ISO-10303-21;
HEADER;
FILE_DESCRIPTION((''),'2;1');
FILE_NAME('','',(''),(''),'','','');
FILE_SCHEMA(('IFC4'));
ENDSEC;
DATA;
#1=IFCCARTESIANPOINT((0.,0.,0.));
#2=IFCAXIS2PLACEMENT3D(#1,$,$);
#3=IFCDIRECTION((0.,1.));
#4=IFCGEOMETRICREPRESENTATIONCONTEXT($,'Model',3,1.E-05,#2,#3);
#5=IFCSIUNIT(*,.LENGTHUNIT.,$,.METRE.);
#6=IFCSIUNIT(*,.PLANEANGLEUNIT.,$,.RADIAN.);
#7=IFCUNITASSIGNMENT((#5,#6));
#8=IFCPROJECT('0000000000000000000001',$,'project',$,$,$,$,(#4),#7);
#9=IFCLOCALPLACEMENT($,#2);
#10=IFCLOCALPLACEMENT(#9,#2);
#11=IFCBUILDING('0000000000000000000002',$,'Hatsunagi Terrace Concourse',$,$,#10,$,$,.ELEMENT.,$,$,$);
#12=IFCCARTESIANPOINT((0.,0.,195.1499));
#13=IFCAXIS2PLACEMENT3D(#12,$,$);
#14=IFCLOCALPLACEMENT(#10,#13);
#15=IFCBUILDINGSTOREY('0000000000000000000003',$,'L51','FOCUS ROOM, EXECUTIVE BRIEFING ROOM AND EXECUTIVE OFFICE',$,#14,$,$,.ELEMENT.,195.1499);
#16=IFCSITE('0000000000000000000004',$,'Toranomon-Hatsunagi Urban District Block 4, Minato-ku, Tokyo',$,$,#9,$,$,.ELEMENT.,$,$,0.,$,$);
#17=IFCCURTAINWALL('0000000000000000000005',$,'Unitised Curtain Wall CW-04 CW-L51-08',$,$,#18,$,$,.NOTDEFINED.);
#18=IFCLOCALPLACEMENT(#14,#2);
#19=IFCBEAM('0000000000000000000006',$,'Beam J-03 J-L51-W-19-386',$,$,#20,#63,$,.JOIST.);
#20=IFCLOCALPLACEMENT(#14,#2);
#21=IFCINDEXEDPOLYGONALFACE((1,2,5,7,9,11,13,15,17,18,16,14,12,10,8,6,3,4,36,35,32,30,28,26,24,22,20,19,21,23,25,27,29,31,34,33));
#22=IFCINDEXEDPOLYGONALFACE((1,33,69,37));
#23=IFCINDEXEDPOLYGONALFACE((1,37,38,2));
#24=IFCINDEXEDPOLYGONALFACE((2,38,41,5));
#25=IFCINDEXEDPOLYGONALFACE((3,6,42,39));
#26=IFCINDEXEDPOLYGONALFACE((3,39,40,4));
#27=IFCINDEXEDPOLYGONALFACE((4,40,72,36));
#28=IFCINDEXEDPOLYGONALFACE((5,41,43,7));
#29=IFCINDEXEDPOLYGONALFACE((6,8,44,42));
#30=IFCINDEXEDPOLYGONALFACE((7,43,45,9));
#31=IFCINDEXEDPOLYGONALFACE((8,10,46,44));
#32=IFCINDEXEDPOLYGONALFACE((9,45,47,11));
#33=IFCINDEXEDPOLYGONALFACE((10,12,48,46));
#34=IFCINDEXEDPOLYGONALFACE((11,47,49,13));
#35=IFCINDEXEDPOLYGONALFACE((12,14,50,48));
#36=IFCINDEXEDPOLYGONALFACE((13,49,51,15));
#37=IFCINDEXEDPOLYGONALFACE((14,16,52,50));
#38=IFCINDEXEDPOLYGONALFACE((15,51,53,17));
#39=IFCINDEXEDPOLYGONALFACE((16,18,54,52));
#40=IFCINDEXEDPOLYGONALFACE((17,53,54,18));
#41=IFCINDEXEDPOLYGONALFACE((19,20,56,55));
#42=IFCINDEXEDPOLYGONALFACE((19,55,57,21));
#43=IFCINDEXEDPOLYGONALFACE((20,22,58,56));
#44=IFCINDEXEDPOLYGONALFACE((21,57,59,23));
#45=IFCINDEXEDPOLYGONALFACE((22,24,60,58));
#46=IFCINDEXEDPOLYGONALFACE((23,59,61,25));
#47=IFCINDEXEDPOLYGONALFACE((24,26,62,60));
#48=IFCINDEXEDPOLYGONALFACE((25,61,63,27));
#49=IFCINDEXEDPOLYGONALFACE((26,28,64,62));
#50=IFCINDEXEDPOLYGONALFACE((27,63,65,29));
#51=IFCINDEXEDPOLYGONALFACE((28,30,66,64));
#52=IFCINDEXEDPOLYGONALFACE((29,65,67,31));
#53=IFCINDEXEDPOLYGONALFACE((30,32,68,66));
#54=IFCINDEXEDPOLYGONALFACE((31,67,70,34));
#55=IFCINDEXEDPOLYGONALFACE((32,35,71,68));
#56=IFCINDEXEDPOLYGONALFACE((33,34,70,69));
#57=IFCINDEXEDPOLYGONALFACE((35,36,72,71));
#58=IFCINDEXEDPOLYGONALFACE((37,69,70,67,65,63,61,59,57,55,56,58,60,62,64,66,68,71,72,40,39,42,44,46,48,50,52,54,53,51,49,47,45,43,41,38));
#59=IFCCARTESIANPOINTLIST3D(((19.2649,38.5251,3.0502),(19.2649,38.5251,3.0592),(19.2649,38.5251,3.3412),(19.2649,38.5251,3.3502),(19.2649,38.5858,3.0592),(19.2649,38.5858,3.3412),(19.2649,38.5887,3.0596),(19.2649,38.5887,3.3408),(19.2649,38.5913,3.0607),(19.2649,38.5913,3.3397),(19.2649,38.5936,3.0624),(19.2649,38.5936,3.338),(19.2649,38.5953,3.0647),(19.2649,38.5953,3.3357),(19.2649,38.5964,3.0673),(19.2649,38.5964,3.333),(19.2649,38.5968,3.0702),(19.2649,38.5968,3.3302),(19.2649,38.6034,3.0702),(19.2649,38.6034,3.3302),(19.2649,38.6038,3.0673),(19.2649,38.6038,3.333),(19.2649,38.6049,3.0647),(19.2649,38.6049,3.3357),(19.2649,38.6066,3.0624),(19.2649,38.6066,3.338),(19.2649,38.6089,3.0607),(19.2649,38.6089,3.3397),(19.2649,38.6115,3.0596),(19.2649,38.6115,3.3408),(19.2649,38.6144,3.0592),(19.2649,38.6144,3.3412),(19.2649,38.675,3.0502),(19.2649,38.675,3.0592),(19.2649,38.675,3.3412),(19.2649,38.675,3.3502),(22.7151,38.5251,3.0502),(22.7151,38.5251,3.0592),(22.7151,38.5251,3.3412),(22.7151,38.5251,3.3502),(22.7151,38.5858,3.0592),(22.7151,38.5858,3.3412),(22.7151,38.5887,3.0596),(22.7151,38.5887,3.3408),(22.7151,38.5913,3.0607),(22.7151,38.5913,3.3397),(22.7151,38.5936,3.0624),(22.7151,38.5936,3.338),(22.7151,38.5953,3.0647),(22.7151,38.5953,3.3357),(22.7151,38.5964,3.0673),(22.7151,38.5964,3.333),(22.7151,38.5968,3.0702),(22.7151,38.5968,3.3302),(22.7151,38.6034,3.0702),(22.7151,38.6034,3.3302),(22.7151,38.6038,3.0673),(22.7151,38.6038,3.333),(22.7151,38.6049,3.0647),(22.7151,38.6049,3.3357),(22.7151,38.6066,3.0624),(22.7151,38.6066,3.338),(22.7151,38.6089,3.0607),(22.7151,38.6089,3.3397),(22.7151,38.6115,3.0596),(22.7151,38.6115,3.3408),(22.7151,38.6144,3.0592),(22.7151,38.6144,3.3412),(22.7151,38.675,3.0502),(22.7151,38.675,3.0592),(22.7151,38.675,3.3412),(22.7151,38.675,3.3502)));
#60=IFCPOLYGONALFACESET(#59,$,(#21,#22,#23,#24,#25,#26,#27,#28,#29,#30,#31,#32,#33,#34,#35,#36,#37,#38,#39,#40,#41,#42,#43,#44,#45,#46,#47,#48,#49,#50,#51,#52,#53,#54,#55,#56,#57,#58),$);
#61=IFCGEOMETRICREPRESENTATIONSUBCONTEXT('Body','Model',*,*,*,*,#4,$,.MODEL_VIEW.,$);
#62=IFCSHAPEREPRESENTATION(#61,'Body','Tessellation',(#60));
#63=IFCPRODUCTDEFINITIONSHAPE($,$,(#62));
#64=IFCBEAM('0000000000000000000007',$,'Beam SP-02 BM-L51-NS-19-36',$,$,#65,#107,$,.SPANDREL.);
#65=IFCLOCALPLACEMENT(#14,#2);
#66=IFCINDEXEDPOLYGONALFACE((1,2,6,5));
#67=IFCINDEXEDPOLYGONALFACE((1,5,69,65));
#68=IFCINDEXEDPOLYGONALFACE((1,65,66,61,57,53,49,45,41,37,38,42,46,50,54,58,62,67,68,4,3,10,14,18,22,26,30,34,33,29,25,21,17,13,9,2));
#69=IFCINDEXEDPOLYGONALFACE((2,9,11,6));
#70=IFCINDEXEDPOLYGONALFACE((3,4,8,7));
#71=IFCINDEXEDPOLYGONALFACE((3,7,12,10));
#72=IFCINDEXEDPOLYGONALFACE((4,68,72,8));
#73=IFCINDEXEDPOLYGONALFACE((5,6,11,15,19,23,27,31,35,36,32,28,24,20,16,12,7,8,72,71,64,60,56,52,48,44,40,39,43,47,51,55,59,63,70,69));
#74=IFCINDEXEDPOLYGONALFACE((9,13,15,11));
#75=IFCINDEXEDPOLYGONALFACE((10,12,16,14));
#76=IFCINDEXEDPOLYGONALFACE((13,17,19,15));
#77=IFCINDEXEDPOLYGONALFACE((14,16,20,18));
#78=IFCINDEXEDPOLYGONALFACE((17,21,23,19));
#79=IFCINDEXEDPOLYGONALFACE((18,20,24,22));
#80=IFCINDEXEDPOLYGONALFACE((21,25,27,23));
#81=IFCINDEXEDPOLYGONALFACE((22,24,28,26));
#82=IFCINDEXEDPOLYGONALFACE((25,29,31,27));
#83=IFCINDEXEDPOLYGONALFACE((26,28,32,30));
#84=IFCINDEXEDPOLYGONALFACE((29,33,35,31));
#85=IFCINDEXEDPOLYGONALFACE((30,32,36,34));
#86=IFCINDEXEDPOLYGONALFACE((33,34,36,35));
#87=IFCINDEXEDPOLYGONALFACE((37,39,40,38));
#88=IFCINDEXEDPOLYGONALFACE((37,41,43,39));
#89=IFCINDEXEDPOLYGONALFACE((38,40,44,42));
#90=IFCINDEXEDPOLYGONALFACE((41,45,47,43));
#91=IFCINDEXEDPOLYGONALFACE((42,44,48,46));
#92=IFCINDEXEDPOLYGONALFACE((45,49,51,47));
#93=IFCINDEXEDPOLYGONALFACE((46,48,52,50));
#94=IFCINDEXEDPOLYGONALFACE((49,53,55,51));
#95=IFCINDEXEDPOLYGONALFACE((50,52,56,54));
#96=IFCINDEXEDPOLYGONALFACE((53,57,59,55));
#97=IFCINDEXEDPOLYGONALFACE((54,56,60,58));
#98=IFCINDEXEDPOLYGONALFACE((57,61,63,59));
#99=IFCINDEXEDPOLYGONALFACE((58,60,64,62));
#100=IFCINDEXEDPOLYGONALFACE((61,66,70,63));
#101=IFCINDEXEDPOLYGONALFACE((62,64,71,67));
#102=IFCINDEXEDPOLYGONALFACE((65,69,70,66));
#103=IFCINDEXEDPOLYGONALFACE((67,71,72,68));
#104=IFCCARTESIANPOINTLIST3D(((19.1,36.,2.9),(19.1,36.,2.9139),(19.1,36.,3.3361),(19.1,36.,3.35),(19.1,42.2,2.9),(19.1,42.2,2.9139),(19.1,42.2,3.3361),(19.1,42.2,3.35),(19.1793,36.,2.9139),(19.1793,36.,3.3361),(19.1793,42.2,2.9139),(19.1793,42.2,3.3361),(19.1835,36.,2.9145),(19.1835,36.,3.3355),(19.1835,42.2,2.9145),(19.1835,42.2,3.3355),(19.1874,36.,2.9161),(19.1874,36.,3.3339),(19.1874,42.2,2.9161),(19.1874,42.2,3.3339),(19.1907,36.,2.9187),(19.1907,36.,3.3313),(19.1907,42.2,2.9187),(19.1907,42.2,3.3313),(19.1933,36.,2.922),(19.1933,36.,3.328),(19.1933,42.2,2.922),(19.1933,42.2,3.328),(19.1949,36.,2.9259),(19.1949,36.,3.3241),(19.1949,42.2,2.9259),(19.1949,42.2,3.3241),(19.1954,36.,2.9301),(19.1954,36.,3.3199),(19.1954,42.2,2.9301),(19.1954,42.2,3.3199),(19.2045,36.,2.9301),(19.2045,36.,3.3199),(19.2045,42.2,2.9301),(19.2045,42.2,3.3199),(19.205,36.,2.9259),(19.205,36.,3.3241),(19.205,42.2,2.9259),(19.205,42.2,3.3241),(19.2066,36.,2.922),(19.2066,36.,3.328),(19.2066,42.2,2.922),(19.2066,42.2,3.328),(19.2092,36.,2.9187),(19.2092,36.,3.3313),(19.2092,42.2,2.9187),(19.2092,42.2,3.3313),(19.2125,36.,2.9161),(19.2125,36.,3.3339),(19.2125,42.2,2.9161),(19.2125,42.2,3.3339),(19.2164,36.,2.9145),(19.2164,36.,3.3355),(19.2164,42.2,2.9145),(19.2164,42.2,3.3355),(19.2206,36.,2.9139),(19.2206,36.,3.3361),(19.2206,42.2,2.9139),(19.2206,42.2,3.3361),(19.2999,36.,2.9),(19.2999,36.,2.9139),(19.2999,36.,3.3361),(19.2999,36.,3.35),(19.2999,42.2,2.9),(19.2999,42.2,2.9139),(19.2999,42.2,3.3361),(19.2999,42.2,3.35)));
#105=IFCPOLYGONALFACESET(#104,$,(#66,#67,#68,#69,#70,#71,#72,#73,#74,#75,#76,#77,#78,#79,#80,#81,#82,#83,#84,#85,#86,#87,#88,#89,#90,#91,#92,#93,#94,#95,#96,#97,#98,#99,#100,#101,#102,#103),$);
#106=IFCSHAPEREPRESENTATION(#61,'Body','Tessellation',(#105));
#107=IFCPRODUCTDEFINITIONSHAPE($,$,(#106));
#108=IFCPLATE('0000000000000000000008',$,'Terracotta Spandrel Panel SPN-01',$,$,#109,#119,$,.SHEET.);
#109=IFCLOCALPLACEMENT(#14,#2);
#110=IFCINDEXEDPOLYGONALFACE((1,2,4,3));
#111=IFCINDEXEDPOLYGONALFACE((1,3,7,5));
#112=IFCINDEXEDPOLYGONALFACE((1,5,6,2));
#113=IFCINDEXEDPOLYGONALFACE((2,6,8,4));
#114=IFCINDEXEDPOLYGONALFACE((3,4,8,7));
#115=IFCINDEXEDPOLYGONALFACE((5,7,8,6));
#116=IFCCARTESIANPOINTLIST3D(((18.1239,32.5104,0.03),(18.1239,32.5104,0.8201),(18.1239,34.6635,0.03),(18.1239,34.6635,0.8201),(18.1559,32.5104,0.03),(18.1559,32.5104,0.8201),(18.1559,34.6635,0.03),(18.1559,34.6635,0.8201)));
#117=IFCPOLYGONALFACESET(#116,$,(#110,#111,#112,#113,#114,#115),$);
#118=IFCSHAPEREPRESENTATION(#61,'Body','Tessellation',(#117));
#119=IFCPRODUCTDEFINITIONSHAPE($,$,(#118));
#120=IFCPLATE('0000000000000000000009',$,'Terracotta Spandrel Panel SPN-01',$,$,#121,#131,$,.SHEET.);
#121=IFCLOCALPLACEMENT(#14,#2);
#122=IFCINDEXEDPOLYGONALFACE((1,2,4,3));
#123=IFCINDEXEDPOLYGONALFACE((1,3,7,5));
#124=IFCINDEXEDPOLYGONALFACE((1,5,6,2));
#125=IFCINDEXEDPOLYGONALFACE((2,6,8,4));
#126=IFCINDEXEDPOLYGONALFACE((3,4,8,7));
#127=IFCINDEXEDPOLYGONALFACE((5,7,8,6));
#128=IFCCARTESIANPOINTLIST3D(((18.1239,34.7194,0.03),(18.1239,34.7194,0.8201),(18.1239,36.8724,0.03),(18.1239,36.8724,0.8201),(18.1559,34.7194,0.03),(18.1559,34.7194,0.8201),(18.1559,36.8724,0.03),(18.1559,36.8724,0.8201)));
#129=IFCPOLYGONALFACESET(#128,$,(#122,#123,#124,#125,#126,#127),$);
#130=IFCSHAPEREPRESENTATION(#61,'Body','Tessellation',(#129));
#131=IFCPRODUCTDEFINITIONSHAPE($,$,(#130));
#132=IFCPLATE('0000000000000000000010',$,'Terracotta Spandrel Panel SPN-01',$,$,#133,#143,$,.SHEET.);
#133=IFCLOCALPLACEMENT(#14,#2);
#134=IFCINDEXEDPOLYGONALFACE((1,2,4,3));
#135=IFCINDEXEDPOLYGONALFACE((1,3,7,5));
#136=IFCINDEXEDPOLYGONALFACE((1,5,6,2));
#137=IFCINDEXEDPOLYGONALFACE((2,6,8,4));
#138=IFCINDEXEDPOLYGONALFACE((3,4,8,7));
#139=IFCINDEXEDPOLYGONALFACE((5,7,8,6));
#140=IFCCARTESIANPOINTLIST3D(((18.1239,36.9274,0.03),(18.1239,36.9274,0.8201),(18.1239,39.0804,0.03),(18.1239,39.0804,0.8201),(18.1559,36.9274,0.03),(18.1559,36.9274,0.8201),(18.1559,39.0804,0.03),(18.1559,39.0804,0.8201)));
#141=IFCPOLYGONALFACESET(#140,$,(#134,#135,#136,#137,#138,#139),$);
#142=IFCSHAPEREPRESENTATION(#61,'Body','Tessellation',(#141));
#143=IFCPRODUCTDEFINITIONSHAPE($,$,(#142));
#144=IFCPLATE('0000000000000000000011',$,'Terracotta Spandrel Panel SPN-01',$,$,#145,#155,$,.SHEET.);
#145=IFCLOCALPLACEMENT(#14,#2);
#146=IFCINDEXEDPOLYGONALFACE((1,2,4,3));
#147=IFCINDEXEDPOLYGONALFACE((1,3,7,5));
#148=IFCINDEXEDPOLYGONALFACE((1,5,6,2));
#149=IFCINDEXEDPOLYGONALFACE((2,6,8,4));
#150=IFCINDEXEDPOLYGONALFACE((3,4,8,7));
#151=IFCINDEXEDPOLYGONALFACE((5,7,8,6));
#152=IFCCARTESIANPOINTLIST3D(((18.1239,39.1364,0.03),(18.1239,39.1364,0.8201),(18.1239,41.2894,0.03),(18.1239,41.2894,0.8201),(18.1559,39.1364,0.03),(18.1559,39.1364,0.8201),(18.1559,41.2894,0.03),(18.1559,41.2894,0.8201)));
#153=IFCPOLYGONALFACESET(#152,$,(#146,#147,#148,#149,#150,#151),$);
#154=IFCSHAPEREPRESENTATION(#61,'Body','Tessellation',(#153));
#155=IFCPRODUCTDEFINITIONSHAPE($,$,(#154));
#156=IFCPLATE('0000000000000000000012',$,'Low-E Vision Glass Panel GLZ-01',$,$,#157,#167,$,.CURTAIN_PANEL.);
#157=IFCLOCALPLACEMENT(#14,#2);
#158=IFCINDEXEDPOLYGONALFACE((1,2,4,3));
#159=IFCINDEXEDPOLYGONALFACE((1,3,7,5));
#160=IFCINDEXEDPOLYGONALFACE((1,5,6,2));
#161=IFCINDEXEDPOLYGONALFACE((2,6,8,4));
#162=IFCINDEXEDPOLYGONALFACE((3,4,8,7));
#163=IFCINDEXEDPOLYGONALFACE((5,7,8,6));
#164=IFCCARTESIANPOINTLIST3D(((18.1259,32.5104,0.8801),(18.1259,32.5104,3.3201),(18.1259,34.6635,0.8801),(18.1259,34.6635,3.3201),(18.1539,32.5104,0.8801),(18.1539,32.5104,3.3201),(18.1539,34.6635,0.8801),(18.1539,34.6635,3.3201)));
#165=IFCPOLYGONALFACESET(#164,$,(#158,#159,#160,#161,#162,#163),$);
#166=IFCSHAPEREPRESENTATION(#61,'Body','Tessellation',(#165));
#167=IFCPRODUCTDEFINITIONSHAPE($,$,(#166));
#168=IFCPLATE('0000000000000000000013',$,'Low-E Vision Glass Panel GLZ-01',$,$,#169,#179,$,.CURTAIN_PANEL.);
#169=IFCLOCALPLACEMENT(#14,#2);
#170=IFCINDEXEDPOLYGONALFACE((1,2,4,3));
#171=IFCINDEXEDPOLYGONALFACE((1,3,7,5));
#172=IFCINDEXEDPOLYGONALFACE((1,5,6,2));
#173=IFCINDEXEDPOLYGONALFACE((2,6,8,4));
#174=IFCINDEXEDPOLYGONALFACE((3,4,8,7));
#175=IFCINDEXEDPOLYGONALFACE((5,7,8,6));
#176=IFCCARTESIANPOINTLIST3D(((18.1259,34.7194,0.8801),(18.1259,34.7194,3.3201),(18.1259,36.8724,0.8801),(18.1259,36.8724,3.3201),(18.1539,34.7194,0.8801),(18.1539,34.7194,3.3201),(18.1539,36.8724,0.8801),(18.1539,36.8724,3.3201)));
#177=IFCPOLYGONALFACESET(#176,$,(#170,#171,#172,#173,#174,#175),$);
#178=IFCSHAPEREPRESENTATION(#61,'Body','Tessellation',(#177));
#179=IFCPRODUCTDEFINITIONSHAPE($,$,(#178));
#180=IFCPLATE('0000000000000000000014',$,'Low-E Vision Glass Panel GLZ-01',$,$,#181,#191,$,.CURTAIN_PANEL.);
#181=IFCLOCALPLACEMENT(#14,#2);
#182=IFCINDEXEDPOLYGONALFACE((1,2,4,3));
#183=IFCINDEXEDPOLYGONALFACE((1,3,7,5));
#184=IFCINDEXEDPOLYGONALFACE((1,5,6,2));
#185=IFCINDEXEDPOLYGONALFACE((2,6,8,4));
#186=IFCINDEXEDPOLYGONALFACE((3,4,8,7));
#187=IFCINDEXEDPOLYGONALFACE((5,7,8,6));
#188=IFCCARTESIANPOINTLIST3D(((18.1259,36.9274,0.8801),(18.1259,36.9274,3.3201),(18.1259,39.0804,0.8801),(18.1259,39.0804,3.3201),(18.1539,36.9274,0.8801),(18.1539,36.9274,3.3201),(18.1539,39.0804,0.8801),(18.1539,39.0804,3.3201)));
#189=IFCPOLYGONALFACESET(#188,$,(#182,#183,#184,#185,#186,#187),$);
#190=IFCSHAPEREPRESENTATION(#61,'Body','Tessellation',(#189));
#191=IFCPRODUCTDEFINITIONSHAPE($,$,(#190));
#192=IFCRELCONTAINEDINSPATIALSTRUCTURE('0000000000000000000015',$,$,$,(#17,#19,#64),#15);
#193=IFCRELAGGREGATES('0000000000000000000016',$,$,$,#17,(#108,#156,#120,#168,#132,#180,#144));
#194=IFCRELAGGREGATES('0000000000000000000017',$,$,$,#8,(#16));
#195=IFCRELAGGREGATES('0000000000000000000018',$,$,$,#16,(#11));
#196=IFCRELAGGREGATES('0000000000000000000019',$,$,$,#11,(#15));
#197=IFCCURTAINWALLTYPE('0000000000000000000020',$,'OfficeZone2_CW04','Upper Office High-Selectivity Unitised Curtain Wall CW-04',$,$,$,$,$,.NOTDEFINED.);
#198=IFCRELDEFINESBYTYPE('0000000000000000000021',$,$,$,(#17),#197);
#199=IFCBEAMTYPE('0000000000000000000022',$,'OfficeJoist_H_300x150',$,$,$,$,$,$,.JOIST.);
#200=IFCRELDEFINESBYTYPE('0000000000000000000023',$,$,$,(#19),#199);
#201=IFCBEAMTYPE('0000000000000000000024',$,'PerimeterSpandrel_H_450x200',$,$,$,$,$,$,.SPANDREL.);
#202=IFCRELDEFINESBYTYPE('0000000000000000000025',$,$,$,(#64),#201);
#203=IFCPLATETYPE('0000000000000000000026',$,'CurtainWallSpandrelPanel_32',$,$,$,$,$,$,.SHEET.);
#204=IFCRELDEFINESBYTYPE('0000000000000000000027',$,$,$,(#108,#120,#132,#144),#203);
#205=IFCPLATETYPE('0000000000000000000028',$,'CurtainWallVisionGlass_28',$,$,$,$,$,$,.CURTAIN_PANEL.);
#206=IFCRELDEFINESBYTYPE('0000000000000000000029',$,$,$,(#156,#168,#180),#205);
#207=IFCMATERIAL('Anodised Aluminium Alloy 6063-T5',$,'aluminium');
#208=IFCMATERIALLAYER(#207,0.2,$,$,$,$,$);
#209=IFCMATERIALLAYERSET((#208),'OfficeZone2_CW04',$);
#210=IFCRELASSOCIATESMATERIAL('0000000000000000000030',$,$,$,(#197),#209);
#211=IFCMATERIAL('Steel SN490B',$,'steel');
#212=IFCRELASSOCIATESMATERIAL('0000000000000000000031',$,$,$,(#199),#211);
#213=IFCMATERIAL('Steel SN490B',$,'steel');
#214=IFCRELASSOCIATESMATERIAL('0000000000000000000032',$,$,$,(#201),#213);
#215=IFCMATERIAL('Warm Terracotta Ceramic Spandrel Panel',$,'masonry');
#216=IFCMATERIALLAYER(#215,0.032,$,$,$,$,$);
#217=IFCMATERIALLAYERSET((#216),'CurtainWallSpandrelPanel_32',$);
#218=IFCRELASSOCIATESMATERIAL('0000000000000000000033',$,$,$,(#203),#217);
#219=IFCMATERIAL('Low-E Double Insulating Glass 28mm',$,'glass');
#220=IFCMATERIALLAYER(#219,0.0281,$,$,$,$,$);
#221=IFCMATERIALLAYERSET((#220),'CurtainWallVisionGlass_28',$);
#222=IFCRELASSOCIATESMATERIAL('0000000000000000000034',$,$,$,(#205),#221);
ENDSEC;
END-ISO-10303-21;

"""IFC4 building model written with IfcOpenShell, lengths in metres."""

from ifc_helpers import new_model, si_unit, direction, frame, origin, origin_2d, place, context, subcontext, project, spatial, rectangle, i_section, extrude, material, layer, layer_set, material_profile, profile_set, type_object, element, aggregate, save


model = new_model("IFC4")

# Units and contexts
model_context = context("Model", 3, precision=1e-05, world=origin(), true_north=direction((0.0, 1.0)))
body_context = subcontext(model_context, "Body", "Model", "MODEL_VIEW")
ifc_project = project(units=[si_unit("LENGTHUNIT", "METRE"), si_unit("PLANEANGLEUNIT", "RADIAN")], contexts=[model_context])

# Site, building, storey
site_placement = place(None, origin())
site = spatial("IfcSite", under=ifc_project, at=site_placement, Name="Toranomon-Hatsunagi Urban District Block 4, Minato-ku, Tokyo", CompositionType="ELEMENT", RefElevation=0.0)
building_placement = place(site_placement, origin())
building = spatial("IfcBuilding", under=site, at=building_placement, Name="Hatsunagi Terrace Concourse", CompositionType="ELEMENT")
storey_placement = place(building_placement, frame((0.0, 0.0, 195.1499)))
storey = spatial("IfcBuildingStorey", under=building, at=storey_placement, Name="L51", Description="FOCUS ROOM, EXECUTIVE BRIEFING ROOM AND EXECUTIVE OFFICE", CompositionType="ELEMENT", Elevation=195.1499)

# Curtain wall
ifc_material_1 = material(Name="Anodised Aluminium Alloy 6063-T5", Category="aluminium")
ifc_layer_1 = layer(ifc_material_1, 0.2)
ifc_layer_set_1 = layer_set([ifc_layer_1], Name="OfficeZone2_CW04")
curtain_wall_type = type_object("IfcCurtainWallType", Name="OfficeZone2_CW04", Description="Upper Office High-Selectivity Unitised Curtain Wall CW-04", PredefinedType="NOTDEFINED", material=ifc_layer_set_1)
curtain_wall_placement = place(storey_placement, origin())
curtain_wall = element("IfcCurtainWall", 1, at=curtain_wall_placement, inside=storey, type_object=curtain_wall_type, Name="Unitised Curtain Wall CW-04 CW-L51-08", PredefinedType="NOTDEFINED")

# Beams
ifc_material_2 = material(Name="Steel SN490B", Category="steel")
ifc_material_profile_1 = material_profile(ifc_material_2, i_section(OverallWidth=0.1499, OverallDepth=0.3, WebThickness=0.0066, FlangeThickness=0.009, FilletRadius=0.011, at=origin_2d()), Name="H-300x150x6.5x9")
ifc_profile_set_1 = profile_set([ifc_material_profile_1], Name="Steel SN490B")
beam_type_1 = type_object("IfcBeamType", Name="OfficeJoist_H_300x150", PredefinedType="JOIST", material=ifc_profile_set_1)
for number, where, z_axis, x_axis, name in (
    (2, (19.2649, 38.6001, 3.2002), (1.0, 0.0, 0.0), (0.0, 1.0, 0.0), "Beam J-03 J-L51-W-19-386"),
):
    element("IfcBeam", number, at=place(storey_placement, frame(where, z_axis=z_axis, x_axis=x_axis)), inside=storey, type_object=beam_type_1, Name=name, PredefinedType="JOIST", context=body_context, shape_type="SweptSolid", body=[
        extrude(i_section(OverallWidth=0.1499, OverallDepth=0.3, WebThickness=0.0066, FlangeThickness=0.009, FilletRadius=0.011, at=origin_2d()), origin(), (0.0, 0.0, 1.0), 3.4502),
    ])
ifc_material_3 = material(Name="Steel SN490B", Category="steel")
ifc_material_profile_2 = material_profile(ifc_material_3, i_section(OverallWidth=0.2, OverallDepth=0.45, WebThickness=0.009, FlangeThickness=0.0139, FilletRadius=0.0161, at=origin_2d()), Name="H-450x200x9x14")
ifc_profile_set_2 = profile_set([ifc_material_profile_2], Name="Steel SN490B")
beam_type_2 = type_object("IfcBeamType", Name="PerimeterSpandrel_H_450x200", PredefinedType="SPANDREL", material=ifc_profile_set_2)
beam_1_placement = place(storey_placement, frame((19.2, 36.0, 3.125), z_axis=(0.0, 1.0, 0.0), x_axis=(-1.0, 0.0, 0.0)))
element("IfcBeam", 3, at=beam_1_placement, inside=storey, type_object=beam_type_2, Name="Beam SP-02 BM-L51-NS-19-36", PredefinedType="SPANDREL", context=body_context, shape_type="SweptSolid", body=[
    extrude(i_section(OverallWidth=0.2, OverallDepth=0.45, WebThickness=0.009, FlangeThickness=0.0139, FilletRadius=0.0161, at=origin_2d()), origin(), (0.0, 0.0, 1.0), 6.2),
])

# Plates
ifc_material_4 = material(Name="Warm Terracotta Ceramic Spandrel Panel", Category="masonry")
ifc_layer_2 = layer(ifc_material_4, 0.032)
ifc_layer_set_2 = layer_set([ifc_layer_2], Name="CurtainWallSpandrelPanel_32")
plate_type_1 = type_object("IfcPlateType", Name="CurtainWallSpandrelPanel_32", PredefinedType="SHEET", material=ifc_layer_set_2)
plate_1_placement = place(storey_placement, frame((18.1399, 33.5869, 0.03), z_axis=(0.0, 0.0, 1.0), x_axis=(0.0, 1.0, 0.0)))
plate_1 = element("IfcPlate", 4, at=plate_1_placement, type_object=plate_type_1, Name="Terracotta Spandrel Panel SPN-01", PredefinedType="SHEET", context=body_context, shape_type="SweptSolid", body=[
    extrude(rectangle(XDim=2.1531, YDim=0.032, at=origin_2d()), origin(), (0.0, 0.0, 1.0), 0.79),
])
plate_2_placement = place(storey_placement, frame((18.1399, 35.7959, 0.03), z_axis=(0.0, 0.0, 1.0), x_axis=(0.0, 1.0, 0.0)))
plate_2 = element("IfcPlate", 5, at=plate_2_placement, type_object=plate_type_1, Name="Terracotta Spandrel Panel SPN-01", PredefinedType="SHEET", context=body_context, shape_type="SweptSolid", body=[
    extrude(rectangle(XDim=2.1531, YDim=0.032, at=origin_2d()), origin(), (0.0, 0.0, 1.0), 0.79),
])
plate_3_placement = place(storey_placement, frame((18.1399, 38.0039, 0.03), z_axis=(0.0, 0.0, 1.0), x_axis=(0.0, 1.0, 0.0)))
plate_3 = element("IfcPlate", 6, at=plate_3_placement, type_object=plate_type_1, Name="Terracotta Spandrel Panel SPN-01", PredefinedType="SHEET", context=body_context, shape_type="SweptSolid", body=[
    extrude(rectangle(XDim=2.1531, YDim=0.032, at=origin_2d()), origin(), (0.0, 0.0, 1.0), 0.79),
])
plate_4_placement = place(storey_placement, frame((18.1399, 40.2129, 0.03), z_axis=(0.0, 0.0, 1.0), x_axis=(0.0, 1.0, 0.0)))
plate_4 = element("IfcPlate", 7, at=plate_4_placement, type_object=plate_type_1, Name="Terracotta Spandrel Panel SPN-01", PredefinedType="SHEET", context=body_context, shape_type="SweptSolid", body=[
    extrude(rectangle(XDim=2.1531, YDim=0.032, at=origin_2d()), origin(), (0.0, 0.0, 1.0), 0.79),
])
ifc_material_5 = material(Name="Low-E Double Insulating Glass 28mm", Category="glass")
ifc_layer_3 = layer(ifc_material_5, 0.0281)
ifc_layer_set_3 = layer_set([ifc_layer_3], Name="CurtainWallVisionGlass_28")
plate_type_2 = type_object("IfcPlateType", Name="CurtainWallVisionGlass_28", PredefinedType="CURTAIN_PANEL", material=ifc_layer_set_3)
plate_5_placement = place(storey_placement, frame((18.1399, 33.5869, 0.8801), z_axis=(0.0, 0.0, 1.0), x_axis=(0.0, 1.0, 0.0)))
plate_5 = element("IfcPlate", 8, at=plate_5_placement, type_object=plate_type_2, Name="Low-E Vision Glass Panel GLZ-01", PredefinedType="CURTAIN_PANEL", context=body_context, shape_type="SweptSolid", body=[
    extrude(rectangle(XDim=2.1531, YDim=0.0281, at=origin_2d()), origin(), (0.0, 0.0, 1.0), 2.4399),
])
plate_6_placement = place(storey_placement, frame((18.1399, 35.7959, 0.8801), z_axis=(0.0, 0.0, 1.0), x_axis=(0.0, 1.0, 0.0)))
plate_6 = element("IfcPlate", 9, at=plate_6_placement, type_object=plate_type_2, Name="Low-E Vision Glass Panel GLZ-01", PredefinedType="CURTAIN_PANEL", context=body_context, shape_type="SweptSolid", body=[
    extrude(rectangle(XDim=2.1531, YDim=0.0281, at=origin_2d()), origin(), (0.0, 0.0, 1.0), 2.4399),
])
plate_7_placement = place(storey_placement, frame((18.1399, 38.0039, 0.8801), z_axis=(0.0, 0.0, 1.0), x_axis=(0.0, 1.0, 0.0)))
plate_7 = element("IfcPlate", 10, at=plate_7_placement, type_object=plate_type_2, Name="Low-E Vision Glass Panel GLZ-01", PredefinedType="CURTAIN_PANEL", context=body_context, shape_type="SweptSolid", body=[
    extrude(rectangle(XDim=2.1531, YDim=0.0281, at=origin_2d()), origin(), (0.0, 0.0, 1.0), 2.4399),
])
aggregate(curtain_wall, [plate_1, plate_5, plate_2, plate_6, plate_3, plate_7, plate_4])

save(model, "model.ifc")
